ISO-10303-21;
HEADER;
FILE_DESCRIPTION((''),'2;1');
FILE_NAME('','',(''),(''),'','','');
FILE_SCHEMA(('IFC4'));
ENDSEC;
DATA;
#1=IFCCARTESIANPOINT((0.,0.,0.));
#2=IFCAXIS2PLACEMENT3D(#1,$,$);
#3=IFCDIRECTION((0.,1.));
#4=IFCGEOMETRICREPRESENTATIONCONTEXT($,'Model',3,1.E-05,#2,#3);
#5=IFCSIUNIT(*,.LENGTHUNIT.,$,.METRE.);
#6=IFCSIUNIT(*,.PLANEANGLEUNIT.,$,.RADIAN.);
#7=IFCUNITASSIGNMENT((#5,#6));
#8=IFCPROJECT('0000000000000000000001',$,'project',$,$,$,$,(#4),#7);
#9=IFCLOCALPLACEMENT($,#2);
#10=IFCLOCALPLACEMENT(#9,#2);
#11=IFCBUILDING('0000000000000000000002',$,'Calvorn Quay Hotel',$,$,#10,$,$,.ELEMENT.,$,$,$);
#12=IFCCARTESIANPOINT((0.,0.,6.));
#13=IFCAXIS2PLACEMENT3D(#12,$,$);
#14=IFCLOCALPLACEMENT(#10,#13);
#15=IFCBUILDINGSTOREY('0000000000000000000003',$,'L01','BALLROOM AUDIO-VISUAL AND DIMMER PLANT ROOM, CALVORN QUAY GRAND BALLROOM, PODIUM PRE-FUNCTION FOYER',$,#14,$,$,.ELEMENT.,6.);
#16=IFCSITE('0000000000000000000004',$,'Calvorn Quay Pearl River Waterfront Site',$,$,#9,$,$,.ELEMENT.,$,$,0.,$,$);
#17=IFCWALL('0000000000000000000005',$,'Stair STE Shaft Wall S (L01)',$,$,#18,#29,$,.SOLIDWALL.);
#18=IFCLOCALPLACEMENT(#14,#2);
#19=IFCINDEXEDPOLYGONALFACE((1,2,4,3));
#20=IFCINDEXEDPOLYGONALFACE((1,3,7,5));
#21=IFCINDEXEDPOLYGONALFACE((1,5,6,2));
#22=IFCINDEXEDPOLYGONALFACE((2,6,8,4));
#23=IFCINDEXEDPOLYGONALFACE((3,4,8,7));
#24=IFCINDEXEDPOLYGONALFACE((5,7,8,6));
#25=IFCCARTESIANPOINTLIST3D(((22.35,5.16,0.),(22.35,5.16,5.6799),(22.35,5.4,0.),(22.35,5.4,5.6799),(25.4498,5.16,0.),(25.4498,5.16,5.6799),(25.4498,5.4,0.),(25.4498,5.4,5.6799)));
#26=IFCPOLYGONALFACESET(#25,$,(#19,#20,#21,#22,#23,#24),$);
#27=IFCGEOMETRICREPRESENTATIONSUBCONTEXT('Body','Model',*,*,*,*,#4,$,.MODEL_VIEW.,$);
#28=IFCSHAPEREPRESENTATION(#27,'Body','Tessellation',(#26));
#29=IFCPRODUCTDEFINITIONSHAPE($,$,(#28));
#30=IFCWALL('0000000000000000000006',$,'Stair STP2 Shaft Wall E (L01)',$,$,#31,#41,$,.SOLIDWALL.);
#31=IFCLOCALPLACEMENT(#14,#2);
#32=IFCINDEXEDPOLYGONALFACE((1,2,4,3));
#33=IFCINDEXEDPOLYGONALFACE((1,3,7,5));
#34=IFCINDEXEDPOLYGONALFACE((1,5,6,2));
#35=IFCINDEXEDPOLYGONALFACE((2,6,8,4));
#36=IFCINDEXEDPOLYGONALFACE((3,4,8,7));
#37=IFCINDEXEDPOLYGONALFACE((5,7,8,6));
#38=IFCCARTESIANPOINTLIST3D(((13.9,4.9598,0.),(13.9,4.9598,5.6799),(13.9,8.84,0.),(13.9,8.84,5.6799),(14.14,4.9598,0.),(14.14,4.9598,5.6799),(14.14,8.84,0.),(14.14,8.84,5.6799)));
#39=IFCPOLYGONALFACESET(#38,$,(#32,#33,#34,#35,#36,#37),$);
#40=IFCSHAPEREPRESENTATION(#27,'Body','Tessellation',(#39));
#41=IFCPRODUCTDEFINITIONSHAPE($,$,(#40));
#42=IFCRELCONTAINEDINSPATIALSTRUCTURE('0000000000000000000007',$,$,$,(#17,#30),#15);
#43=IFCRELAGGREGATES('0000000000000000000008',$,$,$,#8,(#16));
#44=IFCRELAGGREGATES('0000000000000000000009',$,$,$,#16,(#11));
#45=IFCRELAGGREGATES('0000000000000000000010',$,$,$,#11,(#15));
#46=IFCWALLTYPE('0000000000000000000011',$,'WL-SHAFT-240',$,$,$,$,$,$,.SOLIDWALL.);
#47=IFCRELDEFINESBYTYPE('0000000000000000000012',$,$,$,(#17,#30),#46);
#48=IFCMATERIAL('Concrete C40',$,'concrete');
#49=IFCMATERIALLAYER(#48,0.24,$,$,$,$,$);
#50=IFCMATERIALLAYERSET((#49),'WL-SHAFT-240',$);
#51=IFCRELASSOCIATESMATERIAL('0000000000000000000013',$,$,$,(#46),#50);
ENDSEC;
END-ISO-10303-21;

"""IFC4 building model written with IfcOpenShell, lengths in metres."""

from ifc_helpers import new_model, si_unit, direction, frame, frame_2d, origin, place, context, subcontext, project, spatial, rectangle, extrude, material, layer, layer_set, type_object, element, save


model = new_model("IFC4")

# Units and contexts
model_context = context("Model", 3, precision=1e-05, world=origin(), true_north=direction((0.0, 1.0)))
body_context = subcontext(model_context, "Body", "Model", "MODEL_VIEW")
ifc_project = project(units=[si_unit("LENGTHUNIT", "METRE"), si_unit("PLANEANGLEUNIT", "RADIAN")], contexts=[model_context])

# Site, building, storey
site_placement = place(None, origin())
site = spatial("IfcSite", under=ifc_project, at=site_placement, Name="Calvorn Quay Pearl River Waterfront Site", CompositionType="ELEMENT", RefElevation=0.0)
building_placement = place(site_placement, origin())
building = spatial("IfcBuilding", under=site, at=building_placement, Name="Calvorn Quay Hotel", CompositionType="ELEMENT")
storey_placement = place(building_placement, frame((0.0, 0.0, 6.0)))
storey = spatial("IfcBuildingStorey", under=building, at=storey_placement, Name="L01", Description="BALLROOM AUDIO-VISUAL AND DIMMER PLANT ROOM, CALVORN QUAY GRAND BALLROOM, PODIUM PRE-FUNCTION FOYER", CompositionType="ELEMENT", Elevation=6.0)

# Walls
ifc_material_1 = material(Name="Concrete C40", Category="concrete")
ifc_layer_1 = layer(ifc_material_1, 0.24)
ifc_layer_set_1 = layer_set([ifc_layer_1], Name="WL-SHAFT-240")
wall_type_1 = type_object("IfcWallType", Name="WL-SHAFT-240", PredefinedType="SOLIDWALL", material=ifc_layer_set_1)
wall_1_placement = place(storey_placement, frame((22.3501, 5.28, 0.0), z_axis=(0.0, 0.0, 1.0), x_axis=(1.0, 0.0, 0.0)))
element("IfcWall", 1, at=wall_1_placement, inside=storey, type_object=wall_type_1, Name="Stair STE Shaft Wall S (L01)", PredefinedType="SOLIDWALL", context=body_context, shape_type="SweptSolid", body=[
    extrude(rectangle(XDim=3.0999, YDim=0.24, at=frame_2d((1.5498, 0.0))), origin(), (0.0, 0.0, 1.0), 5.6799),
])
wall_2_placement = place(storey_placement, frame((14.02, 4.96, 0.0), z_axis=(0.0, 0.0, 1.0), x_axis=(0.0, 1.0, 0.0)))
element("IfcWall", 2, at=wall_2_placement, inside=storey, type_object=wall_type_1, Name="Stair STP2 Shaft Wall E (L01)", PredefinedType="SOLIDWALL", context=body_context, shape_type="SweptSolid", body=[
    extrude(rectangle(XDim=3.8801, YDim=0.24, at=frame_2d((1.9399, 0.0))), origin(), (0.0, 0.0, 1.0), 5.6799),
])

save(model, "model.ifc")
